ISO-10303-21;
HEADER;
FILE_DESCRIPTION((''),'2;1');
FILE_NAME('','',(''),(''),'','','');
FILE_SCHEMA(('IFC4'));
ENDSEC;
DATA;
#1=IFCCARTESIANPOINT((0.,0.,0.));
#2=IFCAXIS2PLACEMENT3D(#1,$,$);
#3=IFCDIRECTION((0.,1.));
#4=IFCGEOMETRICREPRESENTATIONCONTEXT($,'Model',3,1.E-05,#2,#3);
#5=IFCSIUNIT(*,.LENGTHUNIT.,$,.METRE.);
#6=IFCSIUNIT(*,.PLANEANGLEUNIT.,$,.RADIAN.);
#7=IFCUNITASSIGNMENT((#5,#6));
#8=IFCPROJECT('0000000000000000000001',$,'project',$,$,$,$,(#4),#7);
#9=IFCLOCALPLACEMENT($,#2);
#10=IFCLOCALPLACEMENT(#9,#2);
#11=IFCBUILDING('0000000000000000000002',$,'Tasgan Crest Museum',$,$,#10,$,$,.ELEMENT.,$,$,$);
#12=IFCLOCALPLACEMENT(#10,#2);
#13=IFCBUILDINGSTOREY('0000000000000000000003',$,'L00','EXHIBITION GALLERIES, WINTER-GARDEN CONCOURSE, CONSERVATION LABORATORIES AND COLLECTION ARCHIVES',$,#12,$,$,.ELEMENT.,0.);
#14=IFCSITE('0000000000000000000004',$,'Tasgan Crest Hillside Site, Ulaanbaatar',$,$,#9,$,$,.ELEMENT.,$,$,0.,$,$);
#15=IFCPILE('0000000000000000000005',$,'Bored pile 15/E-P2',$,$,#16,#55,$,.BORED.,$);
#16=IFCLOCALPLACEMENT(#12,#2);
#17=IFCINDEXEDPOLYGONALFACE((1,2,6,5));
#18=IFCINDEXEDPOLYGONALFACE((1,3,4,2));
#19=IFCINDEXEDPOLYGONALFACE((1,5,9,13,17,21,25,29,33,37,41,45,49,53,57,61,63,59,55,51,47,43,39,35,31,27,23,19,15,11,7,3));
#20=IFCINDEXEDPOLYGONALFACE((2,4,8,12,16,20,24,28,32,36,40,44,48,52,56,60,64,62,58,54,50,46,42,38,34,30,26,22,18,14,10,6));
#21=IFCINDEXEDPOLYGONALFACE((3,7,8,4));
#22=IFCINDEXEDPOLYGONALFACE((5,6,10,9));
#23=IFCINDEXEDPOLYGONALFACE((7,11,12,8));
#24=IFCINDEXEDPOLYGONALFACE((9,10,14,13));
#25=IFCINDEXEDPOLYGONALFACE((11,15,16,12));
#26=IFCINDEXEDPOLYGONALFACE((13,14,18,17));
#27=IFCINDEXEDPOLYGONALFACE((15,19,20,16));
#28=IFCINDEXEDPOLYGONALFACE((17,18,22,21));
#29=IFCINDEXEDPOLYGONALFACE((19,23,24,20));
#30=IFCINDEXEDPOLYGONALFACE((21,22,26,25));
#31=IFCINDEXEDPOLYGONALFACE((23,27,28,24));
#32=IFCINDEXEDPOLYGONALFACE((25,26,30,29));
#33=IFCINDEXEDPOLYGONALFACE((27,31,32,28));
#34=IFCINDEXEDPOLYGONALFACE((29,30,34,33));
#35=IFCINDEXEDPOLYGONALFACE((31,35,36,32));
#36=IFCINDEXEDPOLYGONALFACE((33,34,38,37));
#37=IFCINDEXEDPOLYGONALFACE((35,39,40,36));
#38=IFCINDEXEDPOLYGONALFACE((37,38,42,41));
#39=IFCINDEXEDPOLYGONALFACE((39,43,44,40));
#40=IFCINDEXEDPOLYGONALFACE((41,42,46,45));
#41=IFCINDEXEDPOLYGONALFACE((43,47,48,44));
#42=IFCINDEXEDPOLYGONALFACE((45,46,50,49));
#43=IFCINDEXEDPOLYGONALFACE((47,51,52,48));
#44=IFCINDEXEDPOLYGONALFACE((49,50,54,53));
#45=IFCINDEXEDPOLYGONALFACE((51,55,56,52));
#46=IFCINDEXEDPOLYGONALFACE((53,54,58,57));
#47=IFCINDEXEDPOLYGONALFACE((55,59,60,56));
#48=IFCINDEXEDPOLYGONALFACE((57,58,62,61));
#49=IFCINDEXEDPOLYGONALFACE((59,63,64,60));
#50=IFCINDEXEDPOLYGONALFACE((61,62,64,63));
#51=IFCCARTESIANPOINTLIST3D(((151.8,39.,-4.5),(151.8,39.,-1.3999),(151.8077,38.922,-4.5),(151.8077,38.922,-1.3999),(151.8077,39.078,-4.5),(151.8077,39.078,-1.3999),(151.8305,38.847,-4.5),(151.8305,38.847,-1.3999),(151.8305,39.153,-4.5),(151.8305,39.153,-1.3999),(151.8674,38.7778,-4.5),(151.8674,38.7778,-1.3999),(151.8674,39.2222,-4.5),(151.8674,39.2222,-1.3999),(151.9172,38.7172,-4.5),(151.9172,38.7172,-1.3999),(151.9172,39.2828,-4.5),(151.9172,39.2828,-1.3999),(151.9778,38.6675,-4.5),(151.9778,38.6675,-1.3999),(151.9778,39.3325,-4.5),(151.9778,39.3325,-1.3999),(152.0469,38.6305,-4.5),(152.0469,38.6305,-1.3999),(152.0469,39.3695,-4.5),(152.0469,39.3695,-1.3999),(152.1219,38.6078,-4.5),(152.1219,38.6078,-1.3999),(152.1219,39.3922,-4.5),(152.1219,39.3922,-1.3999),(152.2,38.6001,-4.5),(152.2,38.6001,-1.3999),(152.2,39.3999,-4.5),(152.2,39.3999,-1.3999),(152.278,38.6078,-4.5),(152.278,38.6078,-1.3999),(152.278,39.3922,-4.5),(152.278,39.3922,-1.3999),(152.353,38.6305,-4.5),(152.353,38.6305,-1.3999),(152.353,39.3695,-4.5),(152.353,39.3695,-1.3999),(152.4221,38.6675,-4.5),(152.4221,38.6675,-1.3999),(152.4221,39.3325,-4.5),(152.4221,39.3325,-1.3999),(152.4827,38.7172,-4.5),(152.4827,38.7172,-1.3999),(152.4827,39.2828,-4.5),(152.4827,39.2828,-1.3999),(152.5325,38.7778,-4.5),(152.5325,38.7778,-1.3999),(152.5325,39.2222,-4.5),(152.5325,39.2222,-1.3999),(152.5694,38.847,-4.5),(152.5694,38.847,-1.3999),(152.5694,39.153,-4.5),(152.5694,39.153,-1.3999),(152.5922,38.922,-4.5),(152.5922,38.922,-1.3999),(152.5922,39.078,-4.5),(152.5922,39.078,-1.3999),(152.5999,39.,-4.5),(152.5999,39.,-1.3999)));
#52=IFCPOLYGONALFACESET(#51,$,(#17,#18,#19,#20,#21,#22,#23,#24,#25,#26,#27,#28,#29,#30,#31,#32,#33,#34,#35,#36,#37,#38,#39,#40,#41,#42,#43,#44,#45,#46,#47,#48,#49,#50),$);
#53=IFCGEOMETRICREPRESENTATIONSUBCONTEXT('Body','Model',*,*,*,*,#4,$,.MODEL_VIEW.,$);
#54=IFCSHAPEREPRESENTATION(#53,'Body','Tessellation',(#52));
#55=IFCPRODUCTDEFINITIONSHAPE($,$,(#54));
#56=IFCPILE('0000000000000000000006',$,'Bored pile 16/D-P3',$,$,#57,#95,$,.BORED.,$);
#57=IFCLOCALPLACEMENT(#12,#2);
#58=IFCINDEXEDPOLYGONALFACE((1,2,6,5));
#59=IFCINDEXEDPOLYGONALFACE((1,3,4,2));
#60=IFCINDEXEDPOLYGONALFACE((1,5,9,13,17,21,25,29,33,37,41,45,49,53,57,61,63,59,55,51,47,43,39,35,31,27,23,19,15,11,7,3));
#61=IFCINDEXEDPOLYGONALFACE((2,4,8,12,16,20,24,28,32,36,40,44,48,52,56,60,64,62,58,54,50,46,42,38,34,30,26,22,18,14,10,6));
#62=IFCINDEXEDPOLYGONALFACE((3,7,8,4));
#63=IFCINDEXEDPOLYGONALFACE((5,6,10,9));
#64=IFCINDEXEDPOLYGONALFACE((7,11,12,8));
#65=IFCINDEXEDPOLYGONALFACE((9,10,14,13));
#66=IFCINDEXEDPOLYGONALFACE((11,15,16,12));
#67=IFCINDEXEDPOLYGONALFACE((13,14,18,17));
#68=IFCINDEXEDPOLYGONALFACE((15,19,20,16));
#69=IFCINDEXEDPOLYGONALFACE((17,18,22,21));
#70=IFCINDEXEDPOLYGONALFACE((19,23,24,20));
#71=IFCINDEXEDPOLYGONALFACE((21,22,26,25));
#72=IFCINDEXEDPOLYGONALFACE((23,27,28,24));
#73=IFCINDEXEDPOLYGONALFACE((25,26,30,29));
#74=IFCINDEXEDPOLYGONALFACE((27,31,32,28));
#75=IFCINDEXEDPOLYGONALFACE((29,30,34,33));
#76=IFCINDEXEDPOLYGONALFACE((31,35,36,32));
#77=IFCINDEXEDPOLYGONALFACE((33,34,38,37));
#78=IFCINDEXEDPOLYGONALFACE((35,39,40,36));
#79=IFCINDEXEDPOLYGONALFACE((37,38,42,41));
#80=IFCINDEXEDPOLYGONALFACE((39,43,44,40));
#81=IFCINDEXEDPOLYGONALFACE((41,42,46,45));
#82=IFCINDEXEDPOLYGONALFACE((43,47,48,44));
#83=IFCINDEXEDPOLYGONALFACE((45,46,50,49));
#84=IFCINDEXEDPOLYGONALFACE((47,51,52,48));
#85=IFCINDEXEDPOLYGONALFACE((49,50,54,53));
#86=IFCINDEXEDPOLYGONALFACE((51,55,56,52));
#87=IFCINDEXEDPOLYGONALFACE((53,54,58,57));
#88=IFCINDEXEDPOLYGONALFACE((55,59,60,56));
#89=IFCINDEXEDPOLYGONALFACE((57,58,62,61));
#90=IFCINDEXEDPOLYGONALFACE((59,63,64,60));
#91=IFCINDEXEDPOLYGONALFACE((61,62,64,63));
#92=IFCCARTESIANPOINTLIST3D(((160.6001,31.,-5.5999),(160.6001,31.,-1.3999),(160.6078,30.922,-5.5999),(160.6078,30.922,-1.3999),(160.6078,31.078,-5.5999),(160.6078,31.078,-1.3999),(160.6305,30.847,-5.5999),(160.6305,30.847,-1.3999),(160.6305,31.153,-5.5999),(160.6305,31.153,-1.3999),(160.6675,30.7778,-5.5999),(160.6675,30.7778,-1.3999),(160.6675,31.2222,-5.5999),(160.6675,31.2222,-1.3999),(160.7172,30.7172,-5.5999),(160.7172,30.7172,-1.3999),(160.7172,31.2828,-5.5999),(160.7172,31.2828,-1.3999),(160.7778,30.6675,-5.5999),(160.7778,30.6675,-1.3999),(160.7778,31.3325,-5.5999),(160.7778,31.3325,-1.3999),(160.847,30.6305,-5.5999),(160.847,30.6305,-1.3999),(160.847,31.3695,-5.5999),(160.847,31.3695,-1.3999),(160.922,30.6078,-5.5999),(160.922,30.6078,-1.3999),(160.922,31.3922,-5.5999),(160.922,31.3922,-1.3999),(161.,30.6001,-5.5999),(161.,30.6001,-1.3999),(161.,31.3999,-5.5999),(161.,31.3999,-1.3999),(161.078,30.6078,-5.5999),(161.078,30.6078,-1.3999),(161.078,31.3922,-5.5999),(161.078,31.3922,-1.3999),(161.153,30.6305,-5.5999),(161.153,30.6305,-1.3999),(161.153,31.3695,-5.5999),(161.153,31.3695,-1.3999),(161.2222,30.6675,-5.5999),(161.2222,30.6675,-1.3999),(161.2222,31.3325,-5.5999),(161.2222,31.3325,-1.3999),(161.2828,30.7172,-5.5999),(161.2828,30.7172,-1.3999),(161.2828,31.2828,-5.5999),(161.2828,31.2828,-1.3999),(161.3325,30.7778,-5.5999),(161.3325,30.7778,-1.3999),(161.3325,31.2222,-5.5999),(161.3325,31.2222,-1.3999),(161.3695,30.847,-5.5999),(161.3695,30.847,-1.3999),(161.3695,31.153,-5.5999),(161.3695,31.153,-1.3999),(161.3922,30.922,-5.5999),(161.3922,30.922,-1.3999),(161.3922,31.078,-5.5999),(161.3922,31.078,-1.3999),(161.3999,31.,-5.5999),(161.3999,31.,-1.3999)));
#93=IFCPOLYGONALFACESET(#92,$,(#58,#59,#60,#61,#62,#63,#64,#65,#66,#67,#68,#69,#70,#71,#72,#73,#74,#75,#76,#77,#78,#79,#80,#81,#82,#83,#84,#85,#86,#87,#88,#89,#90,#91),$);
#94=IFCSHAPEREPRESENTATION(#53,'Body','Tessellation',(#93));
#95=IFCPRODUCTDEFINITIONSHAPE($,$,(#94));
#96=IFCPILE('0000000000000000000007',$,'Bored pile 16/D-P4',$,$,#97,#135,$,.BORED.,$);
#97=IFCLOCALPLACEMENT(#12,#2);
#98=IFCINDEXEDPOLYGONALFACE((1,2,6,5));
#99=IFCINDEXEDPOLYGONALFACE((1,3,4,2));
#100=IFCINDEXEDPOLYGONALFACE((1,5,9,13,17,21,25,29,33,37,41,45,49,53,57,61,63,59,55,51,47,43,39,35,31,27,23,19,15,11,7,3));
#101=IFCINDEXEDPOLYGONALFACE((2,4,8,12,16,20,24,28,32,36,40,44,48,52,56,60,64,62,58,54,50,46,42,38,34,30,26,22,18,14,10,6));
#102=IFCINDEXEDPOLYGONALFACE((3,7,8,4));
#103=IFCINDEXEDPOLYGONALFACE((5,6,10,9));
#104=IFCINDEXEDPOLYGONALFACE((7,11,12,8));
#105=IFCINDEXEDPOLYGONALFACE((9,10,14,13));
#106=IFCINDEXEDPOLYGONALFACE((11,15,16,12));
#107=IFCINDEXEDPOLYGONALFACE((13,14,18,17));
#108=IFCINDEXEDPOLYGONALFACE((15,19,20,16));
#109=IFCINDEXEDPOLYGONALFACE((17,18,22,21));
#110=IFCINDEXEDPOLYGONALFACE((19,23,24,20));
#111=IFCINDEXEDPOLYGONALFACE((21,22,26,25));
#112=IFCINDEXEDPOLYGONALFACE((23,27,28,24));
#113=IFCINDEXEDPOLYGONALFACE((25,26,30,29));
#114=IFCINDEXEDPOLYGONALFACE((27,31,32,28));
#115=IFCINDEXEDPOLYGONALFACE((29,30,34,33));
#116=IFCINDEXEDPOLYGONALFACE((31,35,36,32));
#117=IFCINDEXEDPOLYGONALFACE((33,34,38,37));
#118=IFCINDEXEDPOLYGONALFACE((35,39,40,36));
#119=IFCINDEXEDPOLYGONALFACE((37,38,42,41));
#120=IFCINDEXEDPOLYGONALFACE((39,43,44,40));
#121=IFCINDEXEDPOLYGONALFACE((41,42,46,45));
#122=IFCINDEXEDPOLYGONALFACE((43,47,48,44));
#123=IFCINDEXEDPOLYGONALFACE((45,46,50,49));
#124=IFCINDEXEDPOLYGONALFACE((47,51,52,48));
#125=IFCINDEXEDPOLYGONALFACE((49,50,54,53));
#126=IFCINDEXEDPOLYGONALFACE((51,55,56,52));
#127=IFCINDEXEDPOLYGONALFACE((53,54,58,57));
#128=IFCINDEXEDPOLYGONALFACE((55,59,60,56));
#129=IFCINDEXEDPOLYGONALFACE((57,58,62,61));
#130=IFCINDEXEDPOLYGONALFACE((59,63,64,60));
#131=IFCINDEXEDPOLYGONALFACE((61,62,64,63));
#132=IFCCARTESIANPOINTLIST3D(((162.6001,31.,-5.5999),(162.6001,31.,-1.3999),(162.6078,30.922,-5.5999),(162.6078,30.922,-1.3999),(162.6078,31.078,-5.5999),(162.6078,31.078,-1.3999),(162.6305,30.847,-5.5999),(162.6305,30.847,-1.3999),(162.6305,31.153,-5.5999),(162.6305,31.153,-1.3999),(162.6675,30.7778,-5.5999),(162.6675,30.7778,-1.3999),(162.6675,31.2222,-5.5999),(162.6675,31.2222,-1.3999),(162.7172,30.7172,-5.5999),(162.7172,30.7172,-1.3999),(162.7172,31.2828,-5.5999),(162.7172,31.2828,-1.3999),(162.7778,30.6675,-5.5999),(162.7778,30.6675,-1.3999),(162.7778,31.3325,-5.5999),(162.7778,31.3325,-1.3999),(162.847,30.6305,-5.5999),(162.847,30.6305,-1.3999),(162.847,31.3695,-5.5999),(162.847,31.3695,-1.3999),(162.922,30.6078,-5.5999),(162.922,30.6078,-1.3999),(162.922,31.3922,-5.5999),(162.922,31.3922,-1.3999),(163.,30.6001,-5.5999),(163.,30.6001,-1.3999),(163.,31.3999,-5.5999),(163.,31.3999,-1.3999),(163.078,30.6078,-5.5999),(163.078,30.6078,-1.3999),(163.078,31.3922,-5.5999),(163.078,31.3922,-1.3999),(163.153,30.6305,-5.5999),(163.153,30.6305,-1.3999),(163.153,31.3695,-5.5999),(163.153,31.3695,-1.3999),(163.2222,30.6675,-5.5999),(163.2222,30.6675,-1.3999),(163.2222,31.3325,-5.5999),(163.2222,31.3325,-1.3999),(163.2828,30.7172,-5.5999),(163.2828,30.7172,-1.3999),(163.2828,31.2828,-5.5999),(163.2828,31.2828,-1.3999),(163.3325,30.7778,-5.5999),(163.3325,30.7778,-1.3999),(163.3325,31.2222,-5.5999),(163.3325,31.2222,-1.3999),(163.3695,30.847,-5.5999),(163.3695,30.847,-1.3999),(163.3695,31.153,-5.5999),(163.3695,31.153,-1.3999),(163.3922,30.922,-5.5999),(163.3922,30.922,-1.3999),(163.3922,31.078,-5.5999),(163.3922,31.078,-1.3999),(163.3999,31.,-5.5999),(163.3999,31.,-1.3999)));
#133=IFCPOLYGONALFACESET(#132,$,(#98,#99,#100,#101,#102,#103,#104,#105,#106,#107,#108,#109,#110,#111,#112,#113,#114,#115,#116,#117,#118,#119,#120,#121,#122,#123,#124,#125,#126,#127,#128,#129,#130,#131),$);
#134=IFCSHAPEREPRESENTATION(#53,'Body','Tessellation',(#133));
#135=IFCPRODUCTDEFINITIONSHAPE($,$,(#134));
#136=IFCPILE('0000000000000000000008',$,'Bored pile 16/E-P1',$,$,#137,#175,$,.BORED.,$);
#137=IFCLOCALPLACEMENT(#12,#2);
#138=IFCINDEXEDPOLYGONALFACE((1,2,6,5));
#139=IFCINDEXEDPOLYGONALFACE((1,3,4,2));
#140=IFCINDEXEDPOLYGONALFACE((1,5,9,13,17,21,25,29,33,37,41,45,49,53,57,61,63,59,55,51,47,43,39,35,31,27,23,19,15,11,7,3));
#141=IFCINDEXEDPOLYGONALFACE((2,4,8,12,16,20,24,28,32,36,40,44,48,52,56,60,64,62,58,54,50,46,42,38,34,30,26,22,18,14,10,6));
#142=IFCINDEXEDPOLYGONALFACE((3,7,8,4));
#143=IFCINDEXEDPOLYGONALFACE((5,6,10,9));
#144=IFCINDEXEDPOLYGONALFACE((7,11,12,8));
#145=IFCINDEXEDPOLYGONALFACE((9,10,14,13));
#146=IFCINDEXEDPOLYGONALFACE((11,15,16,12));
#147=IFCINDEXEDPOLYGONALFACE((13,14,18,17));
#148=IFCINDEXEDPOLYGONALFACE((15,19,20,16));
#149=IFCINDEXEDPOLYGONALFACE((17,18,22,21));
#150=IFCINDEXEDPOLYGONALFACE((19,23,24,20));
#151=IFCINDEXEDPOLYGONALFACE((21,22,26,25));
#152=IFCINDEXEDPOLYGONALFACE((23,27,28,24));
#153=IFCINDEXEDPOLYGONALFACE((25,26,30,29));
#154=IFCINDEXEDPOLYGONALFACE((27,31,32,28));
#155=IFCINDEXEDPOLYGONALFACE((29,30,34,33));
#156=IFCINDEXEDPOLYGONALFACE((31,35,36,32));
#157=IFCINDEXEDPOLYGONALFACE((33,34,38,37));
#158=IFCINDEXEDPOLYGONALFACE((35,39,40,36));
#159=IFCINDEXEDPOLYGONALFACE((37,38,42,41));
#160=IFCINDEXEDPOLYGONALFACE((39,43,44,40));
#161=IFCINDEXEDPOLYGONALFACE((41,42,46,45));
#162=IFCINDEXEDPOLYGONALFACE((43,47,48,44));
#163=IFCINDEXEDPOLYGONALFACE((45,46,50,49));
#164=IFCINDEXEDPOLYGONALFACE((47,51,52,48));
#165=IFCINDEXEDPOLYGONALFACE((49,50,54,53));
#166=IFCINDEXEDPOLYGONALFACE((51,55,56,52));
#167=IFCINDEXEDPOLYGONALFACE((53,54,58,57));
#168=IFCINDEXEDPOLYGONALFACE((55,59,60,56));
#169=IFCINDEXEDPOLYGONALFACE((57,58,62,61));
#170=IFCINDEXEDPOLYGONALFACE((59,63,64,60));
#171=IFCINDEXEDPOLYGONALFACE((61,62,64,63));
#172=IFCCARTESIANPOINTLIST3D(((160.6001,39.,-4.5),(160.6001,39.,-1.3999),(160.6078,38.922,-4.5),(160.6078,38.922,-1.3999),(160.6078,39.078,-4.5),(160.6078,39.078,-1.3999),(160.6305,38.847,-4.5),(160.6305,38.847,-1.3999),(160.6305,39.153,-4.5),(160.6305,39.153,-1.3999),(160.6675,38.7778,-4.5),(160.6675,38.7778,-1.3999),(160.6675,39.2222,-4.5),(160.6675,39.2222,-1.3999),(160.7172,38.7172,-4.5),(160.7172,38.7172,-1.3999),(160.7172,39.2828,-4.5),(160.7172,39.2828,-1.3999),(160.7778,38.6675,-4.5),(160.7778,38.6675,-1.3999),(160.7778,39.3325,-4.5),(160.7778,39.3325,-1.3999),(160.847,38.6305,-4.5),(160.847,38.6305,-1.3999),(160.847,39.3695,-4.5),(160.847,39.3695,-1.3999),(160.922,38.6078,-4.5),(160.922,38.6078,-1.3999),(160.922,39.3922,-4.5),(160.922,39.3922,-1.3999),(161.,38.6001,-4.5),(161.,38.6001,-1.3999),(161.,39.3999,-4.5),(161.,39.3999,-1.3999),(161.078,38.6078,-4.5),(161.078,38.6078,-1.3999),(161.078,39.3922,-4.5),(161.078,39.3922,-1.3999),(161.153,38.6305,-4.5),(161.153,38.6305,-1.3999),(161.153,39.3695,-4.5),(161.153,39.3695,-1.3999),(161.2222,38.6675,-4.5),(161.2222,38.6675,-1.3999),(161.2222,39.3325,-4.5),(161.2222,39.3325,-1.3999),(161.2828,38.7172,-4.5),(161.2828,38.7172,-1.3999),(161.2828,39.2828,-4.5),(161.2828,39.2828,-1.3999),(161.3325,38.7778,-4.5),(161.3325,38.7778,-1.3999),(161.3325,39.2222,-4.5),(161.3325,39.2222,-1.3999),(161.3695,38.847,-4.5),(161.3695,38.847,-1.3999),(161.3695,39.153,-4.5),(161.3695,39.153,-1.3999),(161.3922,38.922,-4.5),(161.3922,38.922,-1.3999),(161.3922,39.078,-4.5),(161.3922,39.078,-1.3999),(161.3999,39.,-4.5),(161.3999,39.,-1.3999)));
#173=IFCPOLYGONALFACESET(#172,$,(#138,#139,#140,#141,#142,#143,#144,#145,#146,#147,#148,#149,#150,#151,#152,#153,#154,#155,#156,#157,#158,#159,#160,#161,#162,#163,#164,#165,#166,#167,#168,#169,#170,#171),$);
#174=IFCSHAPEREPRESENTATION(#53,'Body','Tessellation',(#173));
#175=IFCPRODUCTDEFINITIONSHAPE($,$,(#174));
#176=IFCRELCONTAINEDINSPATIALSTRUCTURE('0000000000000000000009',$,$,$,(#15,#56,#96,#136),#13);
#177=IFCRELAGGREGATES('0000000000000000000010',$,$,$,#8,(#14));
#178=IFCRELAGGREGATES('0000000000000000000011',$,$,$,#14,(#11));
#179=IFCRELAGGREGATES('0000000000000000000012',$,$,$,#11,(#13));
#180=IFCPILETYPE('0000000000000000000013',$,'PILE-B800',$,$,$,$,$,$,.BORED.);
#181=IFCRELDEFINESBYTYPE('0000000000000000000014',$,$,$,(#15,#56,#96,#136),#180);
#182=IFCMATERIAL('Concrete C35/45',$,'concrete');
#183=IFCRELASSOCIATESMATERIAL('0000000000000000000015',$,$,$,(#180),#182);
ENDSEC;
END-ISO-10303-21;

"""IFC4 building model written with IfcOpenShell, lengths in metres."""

from ifc_helpers import new_model, si_unit, direction, frame, origin, origin_2d, place, context, subcontext, project, spatial, circle, extrude, material, material_profile, profile_set, type_object, element, save


model = new_model("IFC4")

# Units and contexts
model_context = context("Model", 3, precision=1e-05, world=origin(), true_north=direction((0.0, 1.0)))
body_context = subcontext(model_context, "Body", "Model", "MODEL_VIEW")
ifc_project = project(units=[si_unit("LENGTHUNIT", "METRE"), si_unit("PLANEANGLEUNIT", "RADIAN")], contexts=[model_context])

# Site, building, storey
site_placement = place(None, origin())
site = spatial("IfcSite", under=ifc_project, at=site_placement, Name="Tasgan Crest Hillside Site, Ulaanbaatar", CompositionType="ELEMENT", RefElevation=0.0)
building_placement = place(site_placement, origin())
building = spatial("IfcBuilding", under=site, at=building_placement, Name="Tasgan Crest Museum", CompositionType="ELEMENT")
storey_placement = place(building_placement, origin())
storey = spatial("IfcBuildingStorey", under=building, at=storey_placement, Name="L00", Description="EXHIBITION GALLERIES, WINTER-GARDEN CONCOURSE, CONSERVATION LABORATORIES AND COLLECTION ARCHIVES", CompositionType="ELEMENT", Elevation=0.0)

# Piles
ifc_material_1 = material(Name="Concrete C35/45", Category="concrete")
ifc_material_profile_1 = material_profile(ifc_material_1, circle(Radius=0.3999, at=origin_2d()), Name="PILE D800")
ifc_profile_set_1 = profile_set([ifc_material_profile_1], Name="Concrete C35/45")
pile_type = type_object("IfcPileType", Name="PILE-B800", PredefinedType="BORED", material=ifc_profile_set_1)
for number, where, z_axis, x_axis, name in (
    (1, (152.2, 39.0, -1.3999), (0.0, 0.0, -1.0), (1.0, 0.0, 0.0), "Bored pile 15/E-P2"),
):
    element("IfcPile", number, at=place(storey_placement, frame(where, z_axis=z_axis, x_axis=x_axis)), inside=storey, type_object=pile_type, Name=name, PredefinedType="BORED", context=body_context, shape_type="SweptSolid", body=[
        extrude(circle(Radius=0.3999, at=origin_2d()), origin(), (0.0, 0.0, 1.0), 3.1001),
    ])
for number, where, z_axis, x_axis, name in (
    (2, (161.0, 31.0, -1.3999), (0.0, 0.0, -1.0), (1.0, 0.0, 0.0), "Bored pile 16/D-P3"),
    (3, (163.0, 31.0, -1.3999), (0.0, 0.0, -1.0), (1.0, 0.0, 0.0), "Bored pile 16/D-P4"),
):
    element("IfcPile", number, at=place(storey_placement, frame(where, z_axis=z_axis, x_axis=x_axis)), inside=storey, type_object=pile_type, Name=name, PredefinedType="BORED", context=body_context, shape_type="SweptSolid", body=[
        extrude(circle(Radius=0.3999, at=origin_2d()), origin(), (0.0, 0.0, 1.0), 4.2),
    ])
for number, where, z_axis, x_axis, name in (
    (4, (161.0, 39.0, -1.3999), (0.0, 0.0, -1.0), (1.0, 0.0, 0.0), "Bored pile 16/E-P1"),
):
    element("IfcPile", number, at=place(storey_placement, frame(where, z_axis=z_axis, x_axis=x_axis)), inside=storey, type_object=pile_type, Name=name, PredefinedType="BORED", context=body_context, shape_type="SweptSolid", body=[
        extrude(circle(Radius=0.3999, at=origin_2d()), origin(), (0.0, 0.0, 1.0), 3.1001),
    ])

save(model, "model.ifc")
